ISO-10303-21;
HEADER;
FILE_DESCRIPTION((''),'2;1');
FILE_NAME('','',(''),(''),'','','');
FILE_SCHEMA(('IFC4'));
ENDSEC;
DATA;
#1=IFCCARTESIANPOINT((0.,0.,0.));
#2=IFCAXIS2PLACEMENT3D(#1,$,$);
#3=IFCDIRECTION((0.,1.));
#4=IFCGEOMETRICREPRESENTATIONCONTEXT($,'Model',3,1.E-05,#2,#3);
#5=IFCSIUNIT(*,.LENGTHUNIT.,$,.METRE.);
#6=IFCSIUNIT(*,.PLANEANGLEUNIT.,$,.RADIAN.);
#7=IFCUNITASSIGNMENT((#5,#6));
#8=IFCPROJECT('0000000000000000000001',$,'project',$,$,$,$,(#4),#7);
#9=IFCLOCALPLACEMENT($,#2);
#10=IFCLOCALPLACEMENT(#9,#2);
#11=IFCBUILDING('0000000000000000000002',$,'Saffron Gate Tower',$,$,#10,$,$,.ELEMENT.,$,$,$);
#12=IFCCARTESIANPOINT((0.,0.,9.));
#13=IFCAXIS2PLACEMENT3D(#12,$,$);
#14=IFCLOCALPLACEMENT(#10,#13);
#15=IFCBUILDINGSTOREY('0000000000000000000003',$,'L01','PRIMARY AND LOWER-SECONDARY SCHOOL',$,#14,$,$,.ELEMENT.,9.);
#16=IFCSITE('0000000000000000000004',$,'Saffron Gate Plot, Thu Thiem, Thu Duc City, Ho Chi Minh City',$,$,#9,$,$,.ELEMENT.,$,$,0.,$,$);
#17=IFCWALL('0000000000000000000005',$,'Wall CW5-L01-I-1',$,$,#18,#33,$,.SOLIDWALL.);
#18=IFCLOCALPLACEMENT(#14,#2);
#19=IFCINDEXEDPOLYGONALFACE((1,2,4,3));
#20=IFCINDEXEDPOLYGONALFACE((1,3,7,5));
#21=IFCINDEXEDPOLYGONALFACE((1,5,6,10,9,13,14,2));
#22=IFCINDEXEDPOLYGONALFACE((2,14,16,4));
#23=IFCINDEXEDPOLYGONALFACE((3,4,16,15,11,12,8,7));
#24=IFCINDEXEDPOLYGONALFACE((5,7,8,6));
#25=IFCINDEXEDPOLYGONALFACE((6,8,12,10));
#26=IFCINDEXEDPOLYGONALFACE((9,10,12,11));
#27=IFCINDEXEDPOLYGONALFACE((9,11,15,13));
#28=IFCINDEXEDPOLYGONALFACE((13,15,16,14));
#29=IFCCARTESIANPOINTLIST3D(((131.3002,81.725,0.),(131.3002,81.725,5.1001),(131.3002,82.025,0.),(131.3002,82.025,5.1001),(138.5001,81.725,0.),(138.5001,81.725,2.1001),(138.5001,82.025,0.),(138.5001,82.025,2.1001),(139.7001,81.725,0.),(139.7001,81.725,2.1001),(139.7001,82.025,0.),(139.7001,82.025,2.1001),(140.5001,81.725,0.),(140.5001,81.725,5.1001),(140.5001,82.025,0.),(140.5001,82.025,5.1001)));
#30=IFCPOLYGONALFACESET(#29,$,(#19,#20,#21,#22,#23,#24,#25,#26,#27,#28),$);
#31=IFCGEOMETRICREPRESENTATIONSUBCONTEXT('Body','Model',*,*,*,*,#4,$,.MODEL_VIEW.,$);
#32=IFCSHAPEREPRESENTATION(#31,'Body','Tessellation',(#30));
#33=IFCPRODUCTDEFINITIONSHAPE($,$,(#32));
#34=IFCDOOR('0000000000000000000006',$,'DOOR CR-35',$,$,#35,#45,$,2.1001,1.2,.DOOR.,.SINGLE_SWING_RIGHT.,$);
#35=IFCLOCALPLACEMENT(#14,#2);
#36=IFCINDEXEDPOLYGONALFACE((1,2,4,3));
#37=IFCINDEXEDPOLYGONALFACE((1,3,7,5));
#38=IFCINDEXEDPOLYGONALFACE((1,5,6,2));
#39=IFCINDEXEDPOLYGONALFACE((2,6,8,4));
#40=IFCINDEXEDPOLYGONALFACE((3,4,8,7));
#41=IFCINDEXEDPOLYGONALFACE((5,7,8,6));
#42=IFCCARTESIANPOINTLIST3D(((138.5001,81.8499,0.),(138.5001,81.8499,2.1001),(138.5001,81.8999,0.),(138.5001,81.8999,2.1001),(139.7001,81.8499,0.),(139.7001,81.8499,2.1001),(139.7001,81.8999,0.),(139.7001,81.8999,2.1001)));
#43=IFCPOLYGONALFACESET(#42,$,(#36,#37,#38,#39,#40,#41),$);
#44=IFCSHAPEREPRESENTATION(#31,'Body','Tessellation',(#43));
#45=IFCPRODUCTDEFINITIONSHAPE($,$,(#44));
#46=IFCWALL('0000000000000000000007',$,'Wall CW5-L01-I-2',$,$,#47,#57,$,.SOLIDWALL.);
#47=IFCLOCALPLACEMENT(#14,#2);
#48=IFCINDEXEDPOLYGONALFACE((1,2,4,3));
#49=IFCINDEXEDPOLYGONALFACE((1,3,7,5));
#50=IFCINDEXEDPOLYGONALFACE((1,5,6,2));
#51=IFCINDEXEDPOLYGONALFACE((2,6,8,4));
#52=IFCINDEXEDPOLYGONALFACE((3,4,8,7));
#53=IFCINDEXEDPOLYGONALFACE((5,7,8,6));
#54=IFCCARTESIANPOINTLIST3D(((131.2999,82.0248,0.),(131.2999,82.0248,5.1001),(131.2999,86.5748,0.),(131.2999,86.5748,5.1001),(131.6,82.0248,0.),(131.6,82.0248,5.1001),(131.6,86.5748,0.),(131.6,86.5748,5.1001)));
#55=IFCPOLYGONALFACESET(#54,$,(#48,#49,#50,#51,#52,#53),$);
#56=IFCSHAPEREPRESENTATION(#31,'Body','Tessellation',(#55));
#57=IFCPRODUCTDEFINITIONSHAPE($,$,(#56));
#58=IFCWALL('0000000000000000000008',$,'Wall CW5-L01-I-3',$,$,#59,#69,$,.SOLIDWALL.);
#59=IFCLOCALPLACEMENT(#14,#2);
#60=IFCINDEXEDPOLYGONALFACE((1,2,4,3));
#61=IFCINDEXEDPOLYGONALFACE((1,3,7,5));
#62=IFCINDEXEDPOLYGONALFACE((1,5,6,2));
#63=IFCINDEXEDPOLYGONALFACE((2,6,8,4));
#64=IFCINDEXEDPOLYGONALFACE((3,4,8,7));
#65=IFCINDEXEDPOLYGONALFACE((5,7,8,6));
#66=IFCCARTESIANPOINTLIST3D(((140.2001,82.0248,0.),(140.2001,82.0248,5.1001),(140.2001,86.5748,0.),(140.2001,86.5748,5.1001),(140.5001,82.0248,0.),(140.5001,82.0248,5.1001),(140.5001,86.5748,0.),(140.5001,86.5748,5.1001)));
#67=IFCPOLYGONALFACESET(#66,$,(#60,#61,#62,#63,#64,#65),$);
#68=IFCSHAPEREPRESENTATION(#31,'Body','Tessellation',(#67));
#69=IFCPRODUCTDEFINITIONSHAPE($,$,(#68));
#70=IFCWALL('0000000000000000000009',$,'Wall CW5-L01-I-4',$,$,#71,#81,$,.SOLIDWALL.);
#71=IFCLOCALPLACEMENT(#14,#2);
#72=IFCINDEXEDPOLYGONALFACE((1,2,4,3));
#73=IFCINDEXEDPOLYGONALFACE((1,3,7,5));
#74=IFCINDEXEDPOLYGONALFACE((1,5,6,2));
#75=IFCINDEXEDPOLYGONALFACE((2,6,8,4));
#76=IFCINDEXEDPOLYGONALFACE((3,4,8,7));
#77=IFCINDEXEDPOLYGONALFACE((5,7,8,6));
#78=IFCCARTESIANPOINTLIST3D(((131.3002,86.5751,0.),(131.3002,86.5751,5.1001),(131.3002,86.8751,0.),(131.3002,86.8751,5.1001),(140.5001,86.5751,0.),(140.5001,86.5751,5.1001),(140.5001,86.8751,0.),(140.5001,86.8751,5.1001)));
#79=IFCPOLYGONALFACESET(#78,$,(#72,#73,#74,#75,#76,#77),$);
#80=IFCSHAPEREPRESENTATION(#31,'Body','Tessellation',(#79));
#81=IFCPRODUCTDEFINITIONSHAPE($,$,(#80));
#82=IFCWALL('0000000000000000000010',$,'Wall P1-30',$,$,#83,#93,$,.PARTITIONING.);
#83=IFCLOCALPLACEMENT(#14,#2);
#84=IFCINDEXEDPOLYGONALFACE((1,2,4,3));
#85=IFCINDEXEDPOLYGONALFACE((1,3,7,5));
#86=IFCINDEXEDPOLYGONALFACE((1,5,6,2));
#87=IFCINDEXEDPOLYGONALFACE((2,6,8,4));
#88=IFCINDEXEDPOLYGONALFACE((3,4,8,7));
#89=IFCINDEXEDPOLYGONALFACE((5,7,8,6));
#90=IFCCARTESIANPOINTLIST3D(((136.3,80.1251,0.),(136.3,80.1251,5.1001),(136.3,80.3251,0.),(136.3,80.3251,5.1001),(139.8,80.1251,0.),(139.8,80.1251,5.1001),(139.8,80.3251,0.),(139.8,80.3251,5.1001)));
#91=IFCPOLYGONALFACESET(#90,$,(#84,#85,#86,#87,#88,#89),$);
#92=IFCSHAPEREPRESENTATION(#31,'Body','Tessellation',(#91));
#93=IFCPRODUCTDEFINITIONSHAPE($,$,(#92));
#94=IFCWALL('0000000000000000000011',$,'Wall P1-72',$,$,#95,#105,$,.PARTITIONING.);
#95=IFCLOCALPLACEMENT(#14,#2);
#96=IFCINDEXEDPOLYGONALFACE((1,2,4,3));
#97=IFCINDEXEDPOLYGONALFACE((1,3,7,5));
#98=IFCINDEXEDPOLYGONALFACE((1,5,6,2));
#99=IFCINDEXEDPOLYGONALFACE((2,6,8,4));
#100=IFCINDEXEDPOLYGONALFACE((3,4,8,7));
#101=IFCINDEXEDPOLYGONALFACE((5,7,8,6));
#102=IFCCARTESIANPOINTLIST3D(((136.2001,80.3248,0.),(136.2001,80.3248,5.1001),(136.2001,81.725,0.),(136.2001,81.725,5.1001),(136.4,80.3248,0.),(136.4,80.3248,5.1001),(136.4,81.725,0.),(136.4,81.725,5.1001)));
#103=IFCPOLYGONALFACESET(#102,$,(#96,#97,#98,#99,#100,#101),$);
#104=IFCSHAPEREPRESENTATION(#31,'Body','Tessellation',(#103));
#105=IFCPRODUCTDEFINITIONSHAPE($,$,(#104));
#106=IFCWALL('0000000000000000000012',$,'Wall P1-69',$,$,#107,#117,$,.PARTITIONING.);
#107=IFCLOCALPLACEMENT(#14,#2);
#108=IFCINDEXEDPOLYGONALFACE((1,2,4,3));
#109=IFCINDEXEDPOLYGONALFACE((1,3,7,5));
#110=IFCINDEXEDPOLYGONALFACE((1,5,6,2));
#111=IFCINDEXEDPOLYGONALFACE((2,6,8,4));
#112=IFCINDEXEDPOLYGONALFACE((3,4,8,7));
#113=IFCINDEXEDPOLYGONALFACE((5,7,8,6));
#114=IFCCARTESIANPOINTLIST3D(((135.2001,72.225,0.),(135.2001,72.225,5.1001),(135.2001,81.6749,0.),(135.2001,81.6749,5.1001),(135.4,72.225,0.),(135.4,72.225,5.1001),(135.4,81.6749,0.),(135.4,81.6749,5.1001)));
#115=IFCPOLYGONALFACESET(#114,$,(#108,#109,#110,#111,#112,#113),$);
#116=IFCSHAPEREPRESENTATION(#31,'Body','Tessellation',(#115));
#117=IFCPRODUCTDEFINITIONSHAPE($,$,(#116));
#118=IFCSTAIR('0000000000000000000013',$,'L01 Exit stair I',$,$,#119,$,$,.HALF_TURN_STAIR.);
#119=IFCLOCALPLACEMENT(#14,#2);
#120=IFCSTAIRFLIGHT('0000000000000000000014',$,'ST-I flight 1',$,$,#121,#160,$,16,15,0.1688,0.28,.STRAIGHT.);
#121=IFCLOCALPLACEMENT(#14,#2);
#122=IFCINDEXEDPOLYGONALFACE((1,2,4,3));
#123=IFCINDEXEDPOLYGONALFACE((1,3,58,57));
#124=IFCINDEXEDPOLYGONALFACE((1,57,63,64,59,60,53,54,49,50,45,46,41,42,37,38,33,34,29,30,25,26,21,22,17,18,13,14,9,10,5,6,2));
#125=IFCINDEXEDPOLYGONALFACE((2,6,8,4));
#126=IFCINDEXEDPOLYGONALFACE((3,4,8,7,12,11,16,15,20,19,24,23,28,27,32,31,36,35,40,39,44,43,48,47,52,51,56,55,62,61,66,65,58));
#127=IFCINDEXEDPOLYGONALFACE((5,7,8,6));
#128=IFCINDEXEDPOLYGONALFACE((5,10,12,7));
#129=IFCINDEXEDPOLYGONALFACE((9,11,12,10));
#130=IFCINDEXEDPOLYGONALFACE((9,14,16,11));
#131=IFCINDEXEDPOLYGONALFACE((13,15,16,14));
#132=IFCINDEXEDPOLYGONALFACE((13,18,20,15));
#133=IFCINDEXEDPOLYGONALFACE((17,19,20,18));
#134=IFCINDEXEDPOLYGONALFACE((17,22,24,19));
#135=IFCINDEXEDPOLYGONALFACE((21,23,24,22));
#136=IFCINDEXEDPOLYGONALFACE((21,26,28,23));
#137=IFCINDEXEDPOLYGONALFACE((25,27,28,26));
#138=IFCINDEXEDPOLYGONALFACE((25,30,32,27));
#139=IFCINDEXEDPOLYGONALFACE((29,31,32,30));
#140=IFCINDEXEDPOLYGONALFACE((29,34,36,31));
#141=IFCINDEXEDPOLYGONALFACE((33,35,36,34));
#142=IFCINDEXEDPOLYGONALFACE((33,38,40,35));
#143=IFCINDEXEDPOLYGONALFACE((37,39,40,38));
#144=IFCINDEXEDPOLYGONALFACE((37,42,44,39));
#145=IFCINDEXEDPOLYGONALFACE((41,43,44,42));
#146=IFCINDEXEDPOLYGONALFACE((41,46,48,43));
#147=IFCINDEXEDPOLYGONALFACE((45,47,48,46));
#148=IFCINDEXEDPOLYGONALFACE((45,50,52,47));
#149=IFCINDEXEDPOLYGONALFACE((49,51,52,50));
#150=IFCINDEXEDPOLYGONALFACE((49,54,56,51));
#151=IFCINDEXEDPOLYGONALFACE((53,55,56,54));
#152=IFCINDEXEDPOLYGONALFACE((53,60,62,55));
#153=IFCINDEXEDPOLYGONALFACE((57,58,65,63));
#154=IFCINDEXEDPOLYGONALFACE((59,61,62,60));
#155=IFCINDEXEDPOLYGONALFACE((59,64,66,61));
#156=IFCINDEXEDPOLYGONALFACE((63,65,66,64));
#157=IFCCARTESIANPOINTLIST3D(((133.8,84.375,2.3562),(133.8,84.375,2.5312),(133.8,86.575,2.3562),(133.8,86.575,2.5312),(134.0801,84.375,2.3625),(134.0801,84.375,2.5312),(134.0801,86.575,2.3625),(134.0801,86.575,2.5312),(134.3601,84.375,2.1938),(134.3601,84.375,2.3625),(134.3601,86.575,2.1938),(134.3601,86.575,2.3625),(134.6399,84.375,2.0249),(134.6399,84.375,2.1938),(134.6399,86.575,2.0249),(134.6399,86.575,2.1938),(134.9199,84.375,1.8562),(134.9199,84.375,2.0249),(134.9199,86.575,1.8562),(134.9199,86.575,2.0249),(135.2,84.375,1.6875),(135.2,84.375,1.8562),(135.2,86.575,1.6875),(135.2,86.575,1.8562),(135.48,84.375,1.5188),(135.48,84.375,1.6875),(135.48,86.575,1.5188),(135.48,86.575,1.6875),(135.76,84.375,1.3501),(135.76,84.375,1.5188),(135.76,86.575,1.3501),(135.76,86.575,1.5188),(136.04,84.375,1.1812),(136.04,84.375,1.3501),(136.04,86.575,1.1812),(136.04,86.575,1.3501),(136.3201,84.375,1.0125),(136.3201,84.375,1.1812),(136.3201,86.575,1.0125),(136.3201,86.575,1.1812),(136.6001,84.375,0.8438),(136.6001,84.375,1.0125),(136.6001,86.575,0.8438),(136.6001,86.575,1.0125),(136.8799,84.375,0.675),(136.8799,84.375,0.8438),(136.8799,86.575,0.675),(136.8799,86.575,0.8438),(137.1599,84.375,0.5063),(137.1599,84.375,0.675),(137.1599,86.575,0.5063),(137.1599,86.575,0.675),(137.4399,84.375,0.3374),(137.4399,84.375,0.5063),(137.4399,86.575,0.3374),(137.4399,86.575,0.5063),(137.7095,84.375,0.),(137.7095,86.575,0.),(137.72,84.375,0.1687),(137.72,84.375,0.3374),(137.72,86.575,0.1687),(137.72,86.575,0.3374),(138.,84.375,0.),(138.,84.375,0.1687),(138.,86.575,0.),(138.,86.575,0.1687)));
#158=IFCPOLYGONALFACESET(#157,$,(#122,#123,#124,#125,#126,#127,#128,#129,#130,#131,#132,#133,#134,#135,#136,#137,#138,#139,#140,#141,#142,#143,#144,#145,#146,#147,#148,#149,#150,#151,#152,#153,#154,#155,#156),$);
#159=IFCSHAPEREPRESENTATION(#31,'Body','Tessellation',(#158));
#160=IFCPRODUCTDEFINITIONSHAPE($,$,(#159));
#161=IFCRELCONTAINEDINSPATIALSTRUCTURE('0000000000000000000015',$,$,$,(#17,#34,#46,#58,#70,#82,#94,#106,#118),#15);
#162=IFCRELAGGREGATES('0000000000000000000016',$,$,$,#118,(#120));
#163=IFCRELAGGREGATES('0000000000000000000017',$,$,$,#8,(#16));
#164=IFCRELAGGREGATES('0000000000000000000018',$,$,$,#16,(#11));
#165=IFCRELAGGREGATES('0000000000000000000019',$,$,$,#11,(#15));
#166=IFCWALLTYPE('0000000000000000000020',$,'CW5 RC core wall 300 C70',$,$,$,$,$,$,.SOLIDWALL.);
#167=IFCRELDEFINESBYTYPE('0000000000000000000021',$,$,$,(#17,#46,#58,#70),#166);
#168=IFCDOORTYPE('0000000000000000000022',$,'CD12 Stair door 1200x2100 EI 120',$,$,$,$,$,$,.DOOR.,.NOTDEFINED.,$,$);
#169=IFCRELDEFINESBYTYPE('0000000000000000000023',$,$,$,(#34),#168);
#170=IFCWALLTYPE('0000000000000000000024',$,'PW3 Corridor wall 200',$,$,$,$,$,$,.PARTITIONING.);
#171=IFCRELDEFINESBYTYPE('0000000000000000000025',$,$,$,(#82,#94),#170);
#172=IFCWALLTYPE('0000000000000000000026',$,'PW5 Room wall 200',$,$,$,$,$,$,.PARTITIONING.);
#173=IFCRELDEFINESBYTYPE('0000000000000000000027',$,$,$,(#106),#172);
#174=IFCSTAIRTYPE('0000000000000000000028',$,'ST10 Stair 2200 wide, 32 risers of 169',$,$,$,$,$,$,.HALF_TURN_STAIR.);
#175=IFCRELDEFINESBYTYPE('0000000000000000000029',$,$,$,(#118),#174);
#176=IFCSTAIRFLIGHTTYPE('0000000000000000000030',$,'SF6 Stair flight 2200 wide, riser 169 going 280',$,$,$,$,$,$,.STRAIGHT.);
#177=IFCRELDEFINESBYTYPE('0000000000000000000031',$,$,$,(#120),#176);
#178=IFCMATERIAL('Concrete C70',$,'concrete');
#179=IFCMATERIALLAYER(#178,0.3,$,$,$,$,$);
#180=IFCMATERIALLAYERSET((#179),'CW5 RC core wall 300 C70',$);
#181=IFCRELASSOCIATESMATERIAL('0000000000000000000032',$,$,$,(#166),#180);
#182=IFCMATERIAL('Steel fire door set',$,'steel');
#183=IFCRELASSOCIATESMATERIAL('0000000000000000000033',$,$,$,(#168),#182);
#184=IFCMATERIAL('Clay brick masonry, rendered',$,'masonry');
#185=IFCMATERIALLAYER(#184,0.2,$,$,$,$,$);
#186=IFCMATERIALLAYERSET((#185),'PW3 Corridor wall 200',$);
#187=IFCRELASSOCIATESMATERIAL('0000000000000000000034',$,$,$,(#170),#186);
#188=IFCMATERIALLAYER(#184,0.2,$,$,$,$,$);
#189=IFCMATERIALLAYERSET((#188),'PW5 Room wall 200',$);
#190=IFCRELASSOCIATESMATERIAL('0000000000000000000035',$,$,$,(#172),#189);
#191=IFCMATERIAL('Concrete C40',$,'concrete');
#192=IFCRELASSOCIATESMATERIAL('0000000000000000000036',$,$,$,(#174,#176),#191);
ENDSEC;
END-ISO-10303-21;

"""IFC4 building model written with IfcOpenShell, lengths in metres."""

from ifc_helpers import new_model, si_unit, direction, frame, frame_2d, origin, place, context, subcontext, project, spatial, polyline, rectangle, outline, extrude, material, layer, layer_set, type_object, element, fill, aggregate, save


model = new_model("IFC4")

# Units and contexts
model_context = context("Model", 3, precision=1e-05, world=origin(), true_north=direction((0.0, 1.0)))
body_context = subcontext(model_context, "Body", "Model", "MODEL_VIEW")
ifc_project = project(units=[si_unit("LENGTHUNIT", "METRE"), si_unit("PLANEANGLEUNIT", "RADIAN")], contexts=[model_context])

# Site, building, storey
site_placement = place(None, origin())
site = spatial("IfcSite", under=ifc_project, at=site_placement, Name="Saffron Gate Plot, Thu Thiem, Thu Duc City, Ho Chi Minh City", CompositionType="ELEMENT", RefElevation=0.0)
building_placement = place(site_placement, origin())
building = spatial("IfcBuilding", under=site, at=building_placement, Name="Saffron Gate Tower", CompositionType="ELEMENT")
storey_placement = place(building_placement, frame((0.0, 0.0, 9.0)))
storey = spatial("IfcBuildingStorey", under=building, at=storey_placement, Name="L01", Description="PRIMARY AND LOWER-SECONDARY SCHOOL", CompositionType="ELEMENT", Elevation=9.0)

# Wall, opening, door
ifc_material_1 = material(Name="Concrete C70", Category="concrete")
ifc_layer_1 = layer(ifc_material_1, 0.3)
ifc_layer_set_1 = layer_set([ifc_layer_1], Name="CW5 RC core wall 300 C70")
wall_type_1 = type_object("IfcWallType", Name="CW5 RC core wall 300 C70", PredefinedType="SOLIDWALL", material=ifc_layer_set_1)
wall_1_placement = place(storey_placement, frame((131.3, 81.875, 0.0), z_axis=(0.0, 0.0, 1.0), x_axis=(1.0, 0.0, 0.0)))
wall_1 = element("IfcWall", 1, at=wall_1_placement, inside=storey, type_object=wall_type_1, Name="Wall CW5-L01-I-1", PredefinedType="SOLIDWALL", context=body_context, shape_type="SweptSolid", body=[
    extrude(rectangle(XDim=9.2, YDim=0.3, at=frame_2d((4.6001, 0.0))), origin(), (0.0, 0.0, 1.0), 5.1001),
])
opening_placement = place(wall_1_placement, frame((7.2, 0.0, 0.0)))
opening = element("IfcOpeningElement", 2, at=opening_placement, cuts=wall_1, PredefinedType="OPENING", context=body_context, shape_type="SweptSolid", body=[
    extrude(rectangle(XDim=1.2, YDim=2.1001, at=frame_2d((0.6001, 1.05))), frame((0.0, 0.1602, 0.0), z_axis=(0.0, -1.0, 0.0), x_axis=(1.0, 0.0, 0.0)), (0.0, 0.0, 1.0), 0.3201),
])
ifc_material_2 = material(Name="Steel fire door set", Category="steel")
door_type = type_object("IfcDoorType", Name="CD12 Stair door 1200x2100 EI 120", OperationType="NOTDEFINED", PredefinedType="DOOR", material=ifc_material_2)
door_placement = place(opening_placement, origin())
door = element("IfcDoor", 3, at=door_placement, inside=storey, type_object=door_type, Name="DOOR CR-35", OperationType="SINGLE_SWING_RIGHT", OverallHeight=2.1001, OverallWidth=1.2, PredefinedType="DOOR", context=body_context, shape_type="SweptSolid", body=[
    extrude(rectangle(XDim=1.2, YDim=2.1001, at=frame_2d((0.6001, 1.05))), frame((0.0, 0.0249, 0.0), z_axis=(0.0, -1.0, 0.0), x_axis=(1.0, 0.0, 0.0)), (0.0, 0.0, 1.0), 0.05),
])
fill(opening, door)

# Walls
for number, where, z_axis, x_axis, name in (
    (4, (131.45, 82.0249, 0.0), (0.0, 0.0, 1.0), (0.0, 1.0, 0.0), "Wall CW5-L01-I-2"),
    (5, (140.3501, 82.0249, 0.0), (0.0, 0.0, 1.0), (0.0, 1.0, 0.0), "Wall CW5-L01-I-3"),
):
    element("IfcWall", number, at=place(storey_placement, frame(where, z_axis=z_axis, x_axis=x_axis)), inside=storey, type_object=wall_type_1, Name=name, PredefinedType="SOLIDWALL", context=body_context, shape_type="SweptSolid", body=[
        extrude(rectangle(XDim=4.55, YDim=0.3, at=frame_2d((2.2749, 0.0))), origin(), (0.0, 0.0, 1.0), 5.1001),
    ])
wall_2_placement = place(storey_placement, frame((131.3, 86.7251, 0.0), z_axis=(0.0, 0.0, 1.0), x_axis=(1.0, 0.0, 0.0)))
element("IfcWall", 6, at=wall_2_placement, inside=storey, type_object=wall_type_1, Name="Wall CW5-L01-I-4", PredefinedType="SOLIDWALL", context=body_context, shape_type="SweptSolid", body=[
    extrude(rectangle(XDim=9.2, YDim=0.3, at=frame_2d((4.6001, 0.0))), origin(), (0.0, 0.0, 1.0), 5.1001),
])
ifc_material_3 = material(Name="Clay brick masonry, rendered", Category="masonry")
ifc_layer_2 = layer(ifc_material_3, 0.2)
ifc_layer_set_2 = layer_set([ifc_layer_2], Name="PW3 Corridor wall 200")
wall_type_2 = type_object("IfcWallType", Name="PW3 Corridor wall 200", PredefinedType="PARTITIONING", material=ifc_layer_set_2)
wall_3_placement = place(storey_placement, frame((136.3, 80.2251, 0.0), z_axis=(0.0, 0.0, 1.0), x_axis=(1.0, 0.0, 0.0)))
element("IfcWall", 7, at=wall_3_placement, inside=storey, type_object=wall_type_2, Name="Wall P1-30", PredefinedType="PARTITIONING", context=body_context, shape_type="SweptSolid", body=[
    extrude(rectangle(XDim=3.5, YDim=0.2, at=frame_2d((1.75, 0.0))), origin(), (0.0, 0.0, 1.0), 5.1001),
])
wall_4_placement = place(storey_placement, frame((136.3, 81.7251, 0.0), z_axis=(0.0, 0.0, 1.0), x_axis=(0.0, -1.0, 0.0)))
element("IfcWall", 8, at=wall_4_placement, inside=storey, type_object=wall_type_2, Name="Wall P1-72", PredefinedType="PARTITIONING", context=body_context, shape_type="SweptSolid", body=[
    extrude(rectangle(XDim=1.4001, YDim=0.2, at=frame_2d((0.7002, 0.0))), origin(), (0.0, 0.0, 1.0), 5.1001),
])
ifc_layer_3 = layer(ifc_material_3, 0.2)
ifc_layer_set_3 = layer_set([ifc_layer_3], Name="PW5 Room wall 200")
wall_type_3 = type_object("IfcWallType", Name="PW5 Room wall 200", PredefinedType="PARTITIONING", material=ifc_layer_set_3)
wall_5_placement = place(storey_placement, frame((135.3, 81.675, 0.0), z_axis=(0.0, 0.0, 1.0), x_axis=(0.0, -1.0, 0.0)))
element("IfcWall", 9, at=wall_5_placement, inside=storey, type_object=wall_type_3, Name="Wall P1-69", PredefinedType="PARTITIONING", context=body_context, shape_type="SweptSolid", body=[
    extrude(rectangle(XDim=9.45, YDim=0.2, at=frame_2d((4.7251, 0.0))), origin(), (0.0, 0.0, 1.0), 5.1001),
])

# Stair, stair flight
ifc_material_4 = material(Name="Concrete C40", Category="concrete")
stair_type = type_object("IfcStairType", Name="ST10 Stair 2200 wide, 32 risers of 169", PredefinedType="HALF_TURN_STAIR", material=ifc_material_4)
stair_placement = place(storey_placement, origin())
stair = element("IfcStair", 10, at=stair_placement, inside=storey, type_object=stair_type, Name="L01 Exit stair I", PredefinedType="HALF_TURN_STAIR")
stair_flight_type = type_object("IfcStairFlightType", Name="SF6 Stair flight 2200 wide, riser 169 going 280", PredefinedType="STRAIGHT", material=ifc_material_4)
stair_flight_1_placement = place(storey_placement, frame((138.0, 85.4751, 0.0), z_axis=(0.0, 0.0, 1.0), x_axis=(-1.0, 0.0, 0.0)))
stair_flight_1 = element("IfcStairFlight", 11, at=stair_flight_1_placement, type_object=stair_flight_type, Name="ST-I flight 1", NumberOfRisers=16, NumberOfTreads=15, PredefinedType="STRAIGHT", RiserHeight=0.1688, TreadLength=0.28, context=body_context, shape_type="SweptSolid", body=[
    extrude(outline(polyline([(0.0, 0.0), (0.0, 0.1687), (0.28, 0.1687), (0.28, 0.3374), (0.5601, 0.3374), (0.5601, 0.5063), (0.8401, 0.5063), (0.8401, 0.675), (1.1201, 0.675), (1.1201, 0.8438), (1.3999, 0.8438), (1.3999, 1.0125), (1.6799, 1.0125), (1.6799, 1.1812), (1.96, 1.1812), (1.96, 1.3501), (2.24, 1.3501), (2.24, 1.5188), (2.52, 1.5188), (2.52, 1.6875), (2.8, 1.6875), (2.8, 1.8562), (3.0801, 1.8562), (3.0801, 2.0249), (3.3601, 2.0249), (3.3601, 2.1938), (3.6399, 2.1938), (3.6399, 2.3625), (3.9199, 2.3625), (3.9199, 2.5312), (4.2, 2.5312), (4.2, 2.7), (4.2, 2.3562), (0.2905, 0.0), (0.0, 0.0)])), frame((0.0, 1.1001, 0.0), z_axis=(0.0, -1.0, 0.0), x_axis=(1.0, 0.0, 0.0)), (0.0, 0.0, 1.0), 2.2),
])
aggregate(stair, [stair_flight_1])

save(model, "model.ifc")
